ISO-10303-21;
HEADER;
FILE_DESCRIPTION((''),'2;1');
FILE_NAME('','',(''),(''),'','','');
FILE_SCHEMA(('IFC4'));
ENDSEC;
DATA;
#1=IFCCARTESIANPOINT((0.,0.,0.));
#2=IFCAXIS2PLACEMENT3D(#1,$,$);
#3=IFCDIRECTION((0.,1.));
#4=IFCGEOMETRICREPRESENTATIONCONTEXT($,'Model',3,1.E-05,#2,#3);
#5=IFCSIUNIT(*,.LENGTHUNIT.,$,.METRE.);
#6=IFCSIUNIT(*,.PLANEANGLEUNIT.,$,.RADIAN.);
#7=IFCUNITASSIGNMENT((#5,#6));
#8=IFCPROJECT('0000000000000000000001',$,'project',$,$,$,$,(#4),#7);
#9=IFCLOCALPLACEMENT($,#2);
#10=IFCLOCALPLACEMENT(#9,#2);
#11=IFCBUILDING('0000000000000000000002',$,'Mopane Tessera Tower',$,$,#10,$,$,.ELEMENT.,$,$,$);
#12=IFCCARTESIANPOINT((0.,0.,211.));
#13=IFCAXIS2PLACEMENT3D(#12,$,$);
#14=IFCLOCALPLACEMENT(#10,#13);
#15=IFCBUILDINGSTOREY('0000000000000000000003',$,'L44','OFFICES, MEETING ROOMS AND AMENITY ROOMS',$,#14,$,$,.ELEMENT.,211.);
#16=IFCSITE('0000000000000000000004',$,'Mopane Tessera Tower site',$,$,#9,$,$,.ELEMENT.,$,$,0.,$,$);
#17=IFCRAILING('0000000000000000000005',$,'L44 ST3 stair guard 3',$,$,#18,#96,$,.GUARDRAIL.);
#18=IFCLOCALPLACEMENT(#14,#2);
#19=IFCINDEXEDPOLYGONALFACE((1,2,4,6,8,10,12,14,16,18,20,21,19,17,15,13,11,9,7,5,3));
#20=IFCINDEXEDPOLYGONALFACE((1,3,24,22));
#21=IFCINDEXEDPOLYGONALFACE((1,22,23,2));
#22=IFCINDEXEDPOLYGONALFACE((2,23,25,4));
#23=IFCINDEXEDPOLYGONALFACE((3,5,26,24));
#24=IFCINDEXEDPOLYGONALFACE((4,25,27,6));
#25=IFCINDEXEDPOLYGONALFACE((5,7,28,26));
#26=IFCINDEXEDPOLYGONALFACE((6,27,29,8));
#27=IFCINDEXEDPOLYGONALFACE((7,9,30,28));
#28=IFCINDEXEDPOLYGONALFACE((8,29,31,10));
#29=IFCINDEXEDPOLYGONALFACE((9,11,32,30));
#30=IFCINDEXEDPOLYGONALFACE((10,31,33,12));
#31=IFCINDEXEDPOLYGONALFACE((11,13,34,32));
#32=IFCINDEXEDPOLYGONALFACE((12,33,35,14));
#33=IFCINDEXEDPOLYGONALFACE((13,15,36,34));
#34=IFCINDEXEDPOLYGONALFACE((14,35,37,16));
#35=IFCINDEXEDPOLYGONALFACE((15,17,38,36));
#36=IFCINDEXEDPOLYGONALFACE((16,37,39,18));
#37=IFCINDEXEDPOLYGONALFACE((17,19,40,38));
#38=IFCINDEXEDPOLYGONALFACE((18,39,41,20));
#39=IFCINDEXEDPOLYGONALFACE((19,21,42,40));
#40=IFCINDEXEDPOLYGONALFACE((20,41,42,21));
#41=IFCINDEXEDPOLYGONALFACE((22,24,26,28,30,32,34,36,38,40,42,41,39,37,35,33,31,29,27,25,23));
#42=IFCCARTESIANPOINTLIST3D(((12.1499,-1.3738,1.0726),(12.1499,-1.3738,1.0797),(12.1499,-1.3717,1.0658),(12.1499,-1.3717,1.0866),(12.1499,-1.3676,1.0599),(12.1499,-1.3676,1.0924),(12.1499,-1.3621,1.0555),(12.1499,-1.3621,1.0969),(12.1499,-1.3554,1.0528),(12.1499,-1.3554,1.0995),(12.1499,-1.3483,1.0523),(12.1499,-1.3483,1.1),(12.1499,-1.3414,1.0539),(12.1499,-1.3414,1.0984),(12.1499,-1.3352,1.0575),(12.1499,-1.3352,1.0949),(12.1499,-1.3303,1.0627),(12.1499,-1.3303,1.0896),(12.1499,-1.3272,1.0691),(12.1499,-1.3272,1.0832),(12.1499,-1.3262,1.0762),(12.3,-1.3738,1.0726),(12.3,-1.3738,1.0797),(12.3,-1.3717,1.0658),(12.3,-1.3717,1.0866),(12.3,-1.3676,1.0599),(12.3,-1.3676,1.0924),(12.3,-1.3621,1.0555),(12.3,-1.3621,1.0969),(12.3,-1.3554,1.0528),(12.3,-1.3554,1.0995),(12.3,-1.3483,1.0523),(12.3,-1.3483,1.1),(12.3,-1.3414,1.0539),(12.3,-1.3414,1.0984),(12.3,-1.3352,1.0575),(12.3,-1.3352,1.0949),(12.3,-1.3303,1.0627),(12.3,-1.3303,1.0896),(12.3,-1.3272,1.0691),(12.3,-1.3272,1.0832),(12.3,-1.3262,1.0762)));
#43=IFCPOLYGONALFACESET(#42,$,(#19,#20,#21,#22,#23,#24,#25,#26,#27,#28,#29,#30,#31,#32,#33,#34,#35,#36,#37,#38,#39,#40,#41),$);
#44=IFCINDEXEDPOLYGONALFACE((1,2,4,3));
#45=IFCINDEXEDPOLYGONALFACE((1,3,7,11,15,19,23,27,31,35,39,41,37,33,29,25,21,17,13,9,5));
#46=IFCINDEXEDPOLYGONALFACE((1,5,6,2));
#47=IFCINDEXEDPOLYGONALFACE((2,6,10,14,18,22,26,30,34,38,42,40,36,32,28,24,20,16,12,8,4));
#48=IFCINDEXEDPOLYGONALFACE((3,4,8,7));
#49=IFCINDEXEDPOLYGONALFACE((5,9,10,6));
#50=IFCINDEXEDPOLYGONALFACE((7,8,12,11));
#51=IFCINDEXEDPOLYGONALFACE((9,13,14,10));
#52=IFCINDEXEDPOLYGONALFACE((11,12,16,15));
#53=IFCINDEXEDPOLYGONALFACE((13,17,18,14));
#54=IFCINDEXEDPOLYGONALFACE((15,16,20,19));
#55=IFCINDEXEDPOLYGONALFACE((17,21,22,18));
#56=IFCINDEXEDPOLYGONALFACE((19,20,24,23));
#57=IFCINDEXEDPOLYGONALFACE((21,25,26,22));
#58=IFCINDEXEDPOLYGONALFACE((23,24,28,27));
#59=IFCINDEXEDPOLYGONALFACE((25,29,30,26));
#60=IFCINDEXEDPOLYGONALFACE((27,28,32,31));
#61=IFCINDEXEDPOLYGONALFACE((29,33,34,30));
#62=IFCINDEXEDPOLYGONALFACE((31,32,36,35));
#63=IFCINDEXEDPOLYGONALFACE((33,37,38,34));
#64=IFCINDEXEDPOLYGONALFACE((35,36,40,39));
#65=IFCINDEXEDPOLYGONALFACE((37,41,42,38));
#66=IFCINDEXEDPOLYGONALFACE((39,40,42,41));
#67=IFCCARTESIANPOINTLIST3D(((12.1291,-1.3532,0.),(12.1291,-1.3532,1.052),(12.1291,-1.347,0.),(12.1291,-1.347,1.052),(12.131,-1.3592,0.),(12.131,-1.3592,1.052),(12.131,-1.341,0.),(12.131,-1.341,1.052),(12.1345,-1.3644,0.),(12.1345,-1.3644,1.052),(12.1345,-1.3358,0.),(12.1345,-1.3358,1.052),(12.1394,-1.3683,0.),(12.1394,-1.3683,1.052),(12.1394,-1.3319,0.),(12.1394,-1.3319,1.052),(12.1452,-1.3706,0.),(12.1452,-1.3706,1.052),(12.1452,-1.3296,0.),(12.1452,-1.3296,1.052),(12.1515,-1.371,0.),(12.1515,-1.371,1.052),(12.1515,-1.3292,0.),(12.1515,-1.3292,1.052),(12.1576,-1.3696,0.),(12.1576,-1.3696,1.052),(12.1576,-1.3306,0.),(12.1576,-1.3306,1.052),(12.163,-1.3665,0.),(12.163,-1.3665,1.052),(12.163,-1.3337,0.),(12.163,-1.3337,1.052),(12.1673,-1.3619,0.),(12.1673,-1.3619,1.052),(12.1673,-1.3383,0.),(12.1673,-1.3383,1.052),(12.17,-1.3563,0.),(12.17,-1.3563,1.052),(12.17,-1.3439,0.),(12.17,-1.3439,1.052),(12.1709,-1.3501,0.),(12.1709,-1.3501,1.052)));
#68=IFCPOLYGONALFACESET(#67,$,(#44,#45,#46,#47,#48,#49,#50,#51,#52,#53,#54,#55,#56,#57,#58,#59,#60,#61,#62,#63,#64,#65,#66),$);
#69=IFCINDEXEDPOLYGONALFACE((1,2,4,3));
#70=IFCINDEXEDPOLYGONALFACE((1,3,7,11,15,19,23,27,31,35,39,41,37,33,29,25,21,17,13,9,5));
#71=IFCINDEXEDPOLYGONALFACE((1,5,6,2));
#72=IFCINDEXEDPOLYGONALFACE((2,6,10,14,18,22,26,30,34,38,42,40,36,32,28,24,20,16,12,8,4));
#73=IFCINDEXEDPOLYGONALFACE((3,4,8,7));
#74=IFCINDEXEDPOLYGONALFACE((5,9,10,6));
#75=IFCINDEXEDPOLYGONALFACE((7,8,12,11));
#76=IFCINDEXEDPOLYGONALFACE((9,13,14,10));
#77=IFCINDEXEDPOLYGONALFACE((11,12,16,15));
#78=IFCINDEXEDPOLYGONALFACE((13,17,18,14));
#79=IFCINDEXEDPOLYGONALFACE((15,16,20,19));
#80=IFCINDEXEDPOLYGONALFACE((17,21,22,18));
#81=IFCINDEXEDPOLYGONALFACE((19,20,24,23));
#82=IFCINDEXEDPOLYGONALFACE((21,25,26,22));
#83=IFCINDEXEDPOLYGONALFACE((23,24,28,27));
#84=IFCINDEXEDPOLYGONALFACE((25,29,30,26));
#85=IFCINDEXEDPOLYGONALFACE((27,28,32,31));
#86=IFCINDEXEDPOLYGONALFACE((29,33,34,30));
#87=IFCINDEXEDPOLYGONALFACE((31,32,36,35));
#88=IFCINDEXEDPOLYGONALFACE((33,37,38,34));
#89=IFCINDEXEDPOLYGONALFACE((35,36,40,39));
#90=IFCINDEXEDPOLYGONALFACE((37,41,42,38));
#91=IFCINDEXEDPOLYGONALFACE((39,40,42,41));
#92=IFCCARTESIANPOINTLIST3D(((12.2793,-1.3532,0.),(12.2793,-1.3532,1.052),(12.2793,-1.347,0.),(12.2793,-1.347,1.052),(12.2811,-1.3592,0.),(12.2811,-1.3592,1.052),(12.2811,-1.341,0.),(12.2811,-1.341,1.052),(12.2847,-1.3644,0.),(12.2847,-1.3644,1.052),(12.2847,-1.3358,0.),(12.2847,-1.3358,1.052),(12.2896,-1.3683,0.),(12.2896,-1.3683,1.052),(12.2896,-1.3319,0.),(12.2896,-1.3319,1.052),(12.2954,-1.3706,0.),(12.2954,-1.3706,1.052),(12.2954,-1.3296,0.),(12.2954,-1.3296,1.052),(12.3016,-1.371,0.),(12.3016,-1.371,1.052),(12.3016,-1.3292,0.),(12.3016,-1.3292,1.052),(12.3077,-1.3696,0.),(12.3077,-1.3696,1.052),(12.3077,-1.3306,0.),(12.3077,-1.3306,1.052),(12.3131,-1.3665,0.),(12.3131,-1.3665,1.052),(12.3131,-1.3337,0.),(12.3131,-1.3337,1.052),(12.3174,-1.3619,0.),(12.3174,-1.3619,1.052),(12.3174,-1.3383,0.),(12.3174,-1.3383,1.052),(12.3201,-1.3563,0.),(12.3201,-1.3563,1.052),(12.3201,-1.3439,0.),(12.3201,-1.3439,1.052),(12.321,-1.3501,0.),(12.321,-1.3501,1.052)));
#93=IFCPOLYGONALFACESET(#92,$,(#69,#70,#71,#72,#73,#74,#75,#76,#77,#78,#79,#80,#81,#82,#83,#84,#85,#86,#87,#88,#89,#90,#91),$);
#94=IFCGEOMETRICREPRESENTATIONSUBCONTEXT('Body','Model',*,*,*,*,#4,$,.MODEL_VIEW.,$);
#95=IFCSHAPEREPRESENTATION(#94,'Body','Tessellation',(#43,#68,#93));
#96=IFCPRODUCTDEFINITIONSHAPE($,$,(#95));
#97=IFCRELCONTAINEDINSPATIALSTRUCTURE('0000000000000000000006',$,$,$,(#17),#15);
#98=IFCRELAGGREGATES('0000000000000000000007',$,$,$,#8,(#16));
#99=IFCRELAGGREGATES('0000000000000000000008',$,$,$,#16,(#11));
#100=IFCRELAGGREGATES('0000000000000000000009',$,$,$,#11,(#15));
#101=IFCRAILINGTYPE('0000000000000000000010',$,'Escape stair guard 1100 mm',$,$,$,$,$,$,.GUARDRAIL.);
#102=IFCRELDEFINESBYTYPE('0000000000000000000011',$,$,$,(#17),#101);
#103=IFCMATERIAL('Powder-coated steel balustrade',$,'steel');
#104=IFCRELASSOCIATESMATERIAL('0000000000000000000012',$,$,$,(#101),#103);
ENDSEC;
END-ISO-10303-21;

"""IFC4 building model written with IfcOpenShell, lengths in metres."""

from ifc_helpers import new_model, si_unit, direction, frame, origin, origin_2d, place, context, subcontext, project, spatial, circle, extrude, material, type_object, element, save


model = new_model("IFC4")

# Units and contexts
model_context = context("Model", 3, precision=1e-05, world=origin(), true_north=direction((0.0, 1.0)))
body_context = subcontext(model_context, "Body", "Model", "MODEL_VIEW")
ifc_project = project(units=[si_unit("LENGTHUNIT", "METRE"), si_unit("PLANEANGLEUNIT", "RADIAN")], contexts=[model_context])

# Site, building, storey
site_placement = place(None, origin())
site = spatial("IfcSite", under=ifc_project, at=site_placement, Name="Mopane Tessera Tower site", CompositionType="ELEMENT", RefElevation=0.0)
building_placement = place(site_placement, origin())
building = spatial("IfcBuilding", under=site, at=building_placement, Name="Mopane Tessera Tower", CompositionType="ELEMENT")
storey_placement = place(building_placement, frame((0.0, 0.0, 211.0)))
storey = spatial("IfcBuildingStorey", under=building, at=storey_placement, Name="L44", Description="OFFICES, MEETING ROOMS AND AMENITY ROOMS", CompositionType="ELEMENT", Elevation=211.0)

# Railing
ifc_material_1 = material(Name="Powder-coated steel balustrade", Category="steel")
railing_type_1 = type_object("IfcRailingType", Name="Escape stair guard 1100 mm", PredefinedType="GUARDRAIL", material=ifc_material_1)
railing_1_placement = place(storey_placement, frame((12.1499, -1.3501, 0.0)))
element("IfcRailing", 1, at=railing_1_placement, inside=storey, type_object=railing_type_1, Name="L44 ST3 stair guard 3", PredefinedType="GUARDRAIL", context=body_context, shape_type="SweptSolid", body=[
    extrude(circle(Radius=0.0239, at=origin_2d()), frame((0.0, 0.0, 1.0762), z_axis=(1.0, 0.0, 0.0), x_axis=(0.0, 1.0, 0.0)), (0.0, 0.0, 1.0), 0.1501),
    extrude(circle(Radius=0.021, at=origin_2d()), origin(), (0.0, 0.0, 1.0), 1.052),
    extrude(circle(Radius=0.021, at=origin_2d()), frame((0.1501, 0.0, 0.0)), (0.0, 0.0, 1.0), 1.052),
])

save(model, "model.ifc")
